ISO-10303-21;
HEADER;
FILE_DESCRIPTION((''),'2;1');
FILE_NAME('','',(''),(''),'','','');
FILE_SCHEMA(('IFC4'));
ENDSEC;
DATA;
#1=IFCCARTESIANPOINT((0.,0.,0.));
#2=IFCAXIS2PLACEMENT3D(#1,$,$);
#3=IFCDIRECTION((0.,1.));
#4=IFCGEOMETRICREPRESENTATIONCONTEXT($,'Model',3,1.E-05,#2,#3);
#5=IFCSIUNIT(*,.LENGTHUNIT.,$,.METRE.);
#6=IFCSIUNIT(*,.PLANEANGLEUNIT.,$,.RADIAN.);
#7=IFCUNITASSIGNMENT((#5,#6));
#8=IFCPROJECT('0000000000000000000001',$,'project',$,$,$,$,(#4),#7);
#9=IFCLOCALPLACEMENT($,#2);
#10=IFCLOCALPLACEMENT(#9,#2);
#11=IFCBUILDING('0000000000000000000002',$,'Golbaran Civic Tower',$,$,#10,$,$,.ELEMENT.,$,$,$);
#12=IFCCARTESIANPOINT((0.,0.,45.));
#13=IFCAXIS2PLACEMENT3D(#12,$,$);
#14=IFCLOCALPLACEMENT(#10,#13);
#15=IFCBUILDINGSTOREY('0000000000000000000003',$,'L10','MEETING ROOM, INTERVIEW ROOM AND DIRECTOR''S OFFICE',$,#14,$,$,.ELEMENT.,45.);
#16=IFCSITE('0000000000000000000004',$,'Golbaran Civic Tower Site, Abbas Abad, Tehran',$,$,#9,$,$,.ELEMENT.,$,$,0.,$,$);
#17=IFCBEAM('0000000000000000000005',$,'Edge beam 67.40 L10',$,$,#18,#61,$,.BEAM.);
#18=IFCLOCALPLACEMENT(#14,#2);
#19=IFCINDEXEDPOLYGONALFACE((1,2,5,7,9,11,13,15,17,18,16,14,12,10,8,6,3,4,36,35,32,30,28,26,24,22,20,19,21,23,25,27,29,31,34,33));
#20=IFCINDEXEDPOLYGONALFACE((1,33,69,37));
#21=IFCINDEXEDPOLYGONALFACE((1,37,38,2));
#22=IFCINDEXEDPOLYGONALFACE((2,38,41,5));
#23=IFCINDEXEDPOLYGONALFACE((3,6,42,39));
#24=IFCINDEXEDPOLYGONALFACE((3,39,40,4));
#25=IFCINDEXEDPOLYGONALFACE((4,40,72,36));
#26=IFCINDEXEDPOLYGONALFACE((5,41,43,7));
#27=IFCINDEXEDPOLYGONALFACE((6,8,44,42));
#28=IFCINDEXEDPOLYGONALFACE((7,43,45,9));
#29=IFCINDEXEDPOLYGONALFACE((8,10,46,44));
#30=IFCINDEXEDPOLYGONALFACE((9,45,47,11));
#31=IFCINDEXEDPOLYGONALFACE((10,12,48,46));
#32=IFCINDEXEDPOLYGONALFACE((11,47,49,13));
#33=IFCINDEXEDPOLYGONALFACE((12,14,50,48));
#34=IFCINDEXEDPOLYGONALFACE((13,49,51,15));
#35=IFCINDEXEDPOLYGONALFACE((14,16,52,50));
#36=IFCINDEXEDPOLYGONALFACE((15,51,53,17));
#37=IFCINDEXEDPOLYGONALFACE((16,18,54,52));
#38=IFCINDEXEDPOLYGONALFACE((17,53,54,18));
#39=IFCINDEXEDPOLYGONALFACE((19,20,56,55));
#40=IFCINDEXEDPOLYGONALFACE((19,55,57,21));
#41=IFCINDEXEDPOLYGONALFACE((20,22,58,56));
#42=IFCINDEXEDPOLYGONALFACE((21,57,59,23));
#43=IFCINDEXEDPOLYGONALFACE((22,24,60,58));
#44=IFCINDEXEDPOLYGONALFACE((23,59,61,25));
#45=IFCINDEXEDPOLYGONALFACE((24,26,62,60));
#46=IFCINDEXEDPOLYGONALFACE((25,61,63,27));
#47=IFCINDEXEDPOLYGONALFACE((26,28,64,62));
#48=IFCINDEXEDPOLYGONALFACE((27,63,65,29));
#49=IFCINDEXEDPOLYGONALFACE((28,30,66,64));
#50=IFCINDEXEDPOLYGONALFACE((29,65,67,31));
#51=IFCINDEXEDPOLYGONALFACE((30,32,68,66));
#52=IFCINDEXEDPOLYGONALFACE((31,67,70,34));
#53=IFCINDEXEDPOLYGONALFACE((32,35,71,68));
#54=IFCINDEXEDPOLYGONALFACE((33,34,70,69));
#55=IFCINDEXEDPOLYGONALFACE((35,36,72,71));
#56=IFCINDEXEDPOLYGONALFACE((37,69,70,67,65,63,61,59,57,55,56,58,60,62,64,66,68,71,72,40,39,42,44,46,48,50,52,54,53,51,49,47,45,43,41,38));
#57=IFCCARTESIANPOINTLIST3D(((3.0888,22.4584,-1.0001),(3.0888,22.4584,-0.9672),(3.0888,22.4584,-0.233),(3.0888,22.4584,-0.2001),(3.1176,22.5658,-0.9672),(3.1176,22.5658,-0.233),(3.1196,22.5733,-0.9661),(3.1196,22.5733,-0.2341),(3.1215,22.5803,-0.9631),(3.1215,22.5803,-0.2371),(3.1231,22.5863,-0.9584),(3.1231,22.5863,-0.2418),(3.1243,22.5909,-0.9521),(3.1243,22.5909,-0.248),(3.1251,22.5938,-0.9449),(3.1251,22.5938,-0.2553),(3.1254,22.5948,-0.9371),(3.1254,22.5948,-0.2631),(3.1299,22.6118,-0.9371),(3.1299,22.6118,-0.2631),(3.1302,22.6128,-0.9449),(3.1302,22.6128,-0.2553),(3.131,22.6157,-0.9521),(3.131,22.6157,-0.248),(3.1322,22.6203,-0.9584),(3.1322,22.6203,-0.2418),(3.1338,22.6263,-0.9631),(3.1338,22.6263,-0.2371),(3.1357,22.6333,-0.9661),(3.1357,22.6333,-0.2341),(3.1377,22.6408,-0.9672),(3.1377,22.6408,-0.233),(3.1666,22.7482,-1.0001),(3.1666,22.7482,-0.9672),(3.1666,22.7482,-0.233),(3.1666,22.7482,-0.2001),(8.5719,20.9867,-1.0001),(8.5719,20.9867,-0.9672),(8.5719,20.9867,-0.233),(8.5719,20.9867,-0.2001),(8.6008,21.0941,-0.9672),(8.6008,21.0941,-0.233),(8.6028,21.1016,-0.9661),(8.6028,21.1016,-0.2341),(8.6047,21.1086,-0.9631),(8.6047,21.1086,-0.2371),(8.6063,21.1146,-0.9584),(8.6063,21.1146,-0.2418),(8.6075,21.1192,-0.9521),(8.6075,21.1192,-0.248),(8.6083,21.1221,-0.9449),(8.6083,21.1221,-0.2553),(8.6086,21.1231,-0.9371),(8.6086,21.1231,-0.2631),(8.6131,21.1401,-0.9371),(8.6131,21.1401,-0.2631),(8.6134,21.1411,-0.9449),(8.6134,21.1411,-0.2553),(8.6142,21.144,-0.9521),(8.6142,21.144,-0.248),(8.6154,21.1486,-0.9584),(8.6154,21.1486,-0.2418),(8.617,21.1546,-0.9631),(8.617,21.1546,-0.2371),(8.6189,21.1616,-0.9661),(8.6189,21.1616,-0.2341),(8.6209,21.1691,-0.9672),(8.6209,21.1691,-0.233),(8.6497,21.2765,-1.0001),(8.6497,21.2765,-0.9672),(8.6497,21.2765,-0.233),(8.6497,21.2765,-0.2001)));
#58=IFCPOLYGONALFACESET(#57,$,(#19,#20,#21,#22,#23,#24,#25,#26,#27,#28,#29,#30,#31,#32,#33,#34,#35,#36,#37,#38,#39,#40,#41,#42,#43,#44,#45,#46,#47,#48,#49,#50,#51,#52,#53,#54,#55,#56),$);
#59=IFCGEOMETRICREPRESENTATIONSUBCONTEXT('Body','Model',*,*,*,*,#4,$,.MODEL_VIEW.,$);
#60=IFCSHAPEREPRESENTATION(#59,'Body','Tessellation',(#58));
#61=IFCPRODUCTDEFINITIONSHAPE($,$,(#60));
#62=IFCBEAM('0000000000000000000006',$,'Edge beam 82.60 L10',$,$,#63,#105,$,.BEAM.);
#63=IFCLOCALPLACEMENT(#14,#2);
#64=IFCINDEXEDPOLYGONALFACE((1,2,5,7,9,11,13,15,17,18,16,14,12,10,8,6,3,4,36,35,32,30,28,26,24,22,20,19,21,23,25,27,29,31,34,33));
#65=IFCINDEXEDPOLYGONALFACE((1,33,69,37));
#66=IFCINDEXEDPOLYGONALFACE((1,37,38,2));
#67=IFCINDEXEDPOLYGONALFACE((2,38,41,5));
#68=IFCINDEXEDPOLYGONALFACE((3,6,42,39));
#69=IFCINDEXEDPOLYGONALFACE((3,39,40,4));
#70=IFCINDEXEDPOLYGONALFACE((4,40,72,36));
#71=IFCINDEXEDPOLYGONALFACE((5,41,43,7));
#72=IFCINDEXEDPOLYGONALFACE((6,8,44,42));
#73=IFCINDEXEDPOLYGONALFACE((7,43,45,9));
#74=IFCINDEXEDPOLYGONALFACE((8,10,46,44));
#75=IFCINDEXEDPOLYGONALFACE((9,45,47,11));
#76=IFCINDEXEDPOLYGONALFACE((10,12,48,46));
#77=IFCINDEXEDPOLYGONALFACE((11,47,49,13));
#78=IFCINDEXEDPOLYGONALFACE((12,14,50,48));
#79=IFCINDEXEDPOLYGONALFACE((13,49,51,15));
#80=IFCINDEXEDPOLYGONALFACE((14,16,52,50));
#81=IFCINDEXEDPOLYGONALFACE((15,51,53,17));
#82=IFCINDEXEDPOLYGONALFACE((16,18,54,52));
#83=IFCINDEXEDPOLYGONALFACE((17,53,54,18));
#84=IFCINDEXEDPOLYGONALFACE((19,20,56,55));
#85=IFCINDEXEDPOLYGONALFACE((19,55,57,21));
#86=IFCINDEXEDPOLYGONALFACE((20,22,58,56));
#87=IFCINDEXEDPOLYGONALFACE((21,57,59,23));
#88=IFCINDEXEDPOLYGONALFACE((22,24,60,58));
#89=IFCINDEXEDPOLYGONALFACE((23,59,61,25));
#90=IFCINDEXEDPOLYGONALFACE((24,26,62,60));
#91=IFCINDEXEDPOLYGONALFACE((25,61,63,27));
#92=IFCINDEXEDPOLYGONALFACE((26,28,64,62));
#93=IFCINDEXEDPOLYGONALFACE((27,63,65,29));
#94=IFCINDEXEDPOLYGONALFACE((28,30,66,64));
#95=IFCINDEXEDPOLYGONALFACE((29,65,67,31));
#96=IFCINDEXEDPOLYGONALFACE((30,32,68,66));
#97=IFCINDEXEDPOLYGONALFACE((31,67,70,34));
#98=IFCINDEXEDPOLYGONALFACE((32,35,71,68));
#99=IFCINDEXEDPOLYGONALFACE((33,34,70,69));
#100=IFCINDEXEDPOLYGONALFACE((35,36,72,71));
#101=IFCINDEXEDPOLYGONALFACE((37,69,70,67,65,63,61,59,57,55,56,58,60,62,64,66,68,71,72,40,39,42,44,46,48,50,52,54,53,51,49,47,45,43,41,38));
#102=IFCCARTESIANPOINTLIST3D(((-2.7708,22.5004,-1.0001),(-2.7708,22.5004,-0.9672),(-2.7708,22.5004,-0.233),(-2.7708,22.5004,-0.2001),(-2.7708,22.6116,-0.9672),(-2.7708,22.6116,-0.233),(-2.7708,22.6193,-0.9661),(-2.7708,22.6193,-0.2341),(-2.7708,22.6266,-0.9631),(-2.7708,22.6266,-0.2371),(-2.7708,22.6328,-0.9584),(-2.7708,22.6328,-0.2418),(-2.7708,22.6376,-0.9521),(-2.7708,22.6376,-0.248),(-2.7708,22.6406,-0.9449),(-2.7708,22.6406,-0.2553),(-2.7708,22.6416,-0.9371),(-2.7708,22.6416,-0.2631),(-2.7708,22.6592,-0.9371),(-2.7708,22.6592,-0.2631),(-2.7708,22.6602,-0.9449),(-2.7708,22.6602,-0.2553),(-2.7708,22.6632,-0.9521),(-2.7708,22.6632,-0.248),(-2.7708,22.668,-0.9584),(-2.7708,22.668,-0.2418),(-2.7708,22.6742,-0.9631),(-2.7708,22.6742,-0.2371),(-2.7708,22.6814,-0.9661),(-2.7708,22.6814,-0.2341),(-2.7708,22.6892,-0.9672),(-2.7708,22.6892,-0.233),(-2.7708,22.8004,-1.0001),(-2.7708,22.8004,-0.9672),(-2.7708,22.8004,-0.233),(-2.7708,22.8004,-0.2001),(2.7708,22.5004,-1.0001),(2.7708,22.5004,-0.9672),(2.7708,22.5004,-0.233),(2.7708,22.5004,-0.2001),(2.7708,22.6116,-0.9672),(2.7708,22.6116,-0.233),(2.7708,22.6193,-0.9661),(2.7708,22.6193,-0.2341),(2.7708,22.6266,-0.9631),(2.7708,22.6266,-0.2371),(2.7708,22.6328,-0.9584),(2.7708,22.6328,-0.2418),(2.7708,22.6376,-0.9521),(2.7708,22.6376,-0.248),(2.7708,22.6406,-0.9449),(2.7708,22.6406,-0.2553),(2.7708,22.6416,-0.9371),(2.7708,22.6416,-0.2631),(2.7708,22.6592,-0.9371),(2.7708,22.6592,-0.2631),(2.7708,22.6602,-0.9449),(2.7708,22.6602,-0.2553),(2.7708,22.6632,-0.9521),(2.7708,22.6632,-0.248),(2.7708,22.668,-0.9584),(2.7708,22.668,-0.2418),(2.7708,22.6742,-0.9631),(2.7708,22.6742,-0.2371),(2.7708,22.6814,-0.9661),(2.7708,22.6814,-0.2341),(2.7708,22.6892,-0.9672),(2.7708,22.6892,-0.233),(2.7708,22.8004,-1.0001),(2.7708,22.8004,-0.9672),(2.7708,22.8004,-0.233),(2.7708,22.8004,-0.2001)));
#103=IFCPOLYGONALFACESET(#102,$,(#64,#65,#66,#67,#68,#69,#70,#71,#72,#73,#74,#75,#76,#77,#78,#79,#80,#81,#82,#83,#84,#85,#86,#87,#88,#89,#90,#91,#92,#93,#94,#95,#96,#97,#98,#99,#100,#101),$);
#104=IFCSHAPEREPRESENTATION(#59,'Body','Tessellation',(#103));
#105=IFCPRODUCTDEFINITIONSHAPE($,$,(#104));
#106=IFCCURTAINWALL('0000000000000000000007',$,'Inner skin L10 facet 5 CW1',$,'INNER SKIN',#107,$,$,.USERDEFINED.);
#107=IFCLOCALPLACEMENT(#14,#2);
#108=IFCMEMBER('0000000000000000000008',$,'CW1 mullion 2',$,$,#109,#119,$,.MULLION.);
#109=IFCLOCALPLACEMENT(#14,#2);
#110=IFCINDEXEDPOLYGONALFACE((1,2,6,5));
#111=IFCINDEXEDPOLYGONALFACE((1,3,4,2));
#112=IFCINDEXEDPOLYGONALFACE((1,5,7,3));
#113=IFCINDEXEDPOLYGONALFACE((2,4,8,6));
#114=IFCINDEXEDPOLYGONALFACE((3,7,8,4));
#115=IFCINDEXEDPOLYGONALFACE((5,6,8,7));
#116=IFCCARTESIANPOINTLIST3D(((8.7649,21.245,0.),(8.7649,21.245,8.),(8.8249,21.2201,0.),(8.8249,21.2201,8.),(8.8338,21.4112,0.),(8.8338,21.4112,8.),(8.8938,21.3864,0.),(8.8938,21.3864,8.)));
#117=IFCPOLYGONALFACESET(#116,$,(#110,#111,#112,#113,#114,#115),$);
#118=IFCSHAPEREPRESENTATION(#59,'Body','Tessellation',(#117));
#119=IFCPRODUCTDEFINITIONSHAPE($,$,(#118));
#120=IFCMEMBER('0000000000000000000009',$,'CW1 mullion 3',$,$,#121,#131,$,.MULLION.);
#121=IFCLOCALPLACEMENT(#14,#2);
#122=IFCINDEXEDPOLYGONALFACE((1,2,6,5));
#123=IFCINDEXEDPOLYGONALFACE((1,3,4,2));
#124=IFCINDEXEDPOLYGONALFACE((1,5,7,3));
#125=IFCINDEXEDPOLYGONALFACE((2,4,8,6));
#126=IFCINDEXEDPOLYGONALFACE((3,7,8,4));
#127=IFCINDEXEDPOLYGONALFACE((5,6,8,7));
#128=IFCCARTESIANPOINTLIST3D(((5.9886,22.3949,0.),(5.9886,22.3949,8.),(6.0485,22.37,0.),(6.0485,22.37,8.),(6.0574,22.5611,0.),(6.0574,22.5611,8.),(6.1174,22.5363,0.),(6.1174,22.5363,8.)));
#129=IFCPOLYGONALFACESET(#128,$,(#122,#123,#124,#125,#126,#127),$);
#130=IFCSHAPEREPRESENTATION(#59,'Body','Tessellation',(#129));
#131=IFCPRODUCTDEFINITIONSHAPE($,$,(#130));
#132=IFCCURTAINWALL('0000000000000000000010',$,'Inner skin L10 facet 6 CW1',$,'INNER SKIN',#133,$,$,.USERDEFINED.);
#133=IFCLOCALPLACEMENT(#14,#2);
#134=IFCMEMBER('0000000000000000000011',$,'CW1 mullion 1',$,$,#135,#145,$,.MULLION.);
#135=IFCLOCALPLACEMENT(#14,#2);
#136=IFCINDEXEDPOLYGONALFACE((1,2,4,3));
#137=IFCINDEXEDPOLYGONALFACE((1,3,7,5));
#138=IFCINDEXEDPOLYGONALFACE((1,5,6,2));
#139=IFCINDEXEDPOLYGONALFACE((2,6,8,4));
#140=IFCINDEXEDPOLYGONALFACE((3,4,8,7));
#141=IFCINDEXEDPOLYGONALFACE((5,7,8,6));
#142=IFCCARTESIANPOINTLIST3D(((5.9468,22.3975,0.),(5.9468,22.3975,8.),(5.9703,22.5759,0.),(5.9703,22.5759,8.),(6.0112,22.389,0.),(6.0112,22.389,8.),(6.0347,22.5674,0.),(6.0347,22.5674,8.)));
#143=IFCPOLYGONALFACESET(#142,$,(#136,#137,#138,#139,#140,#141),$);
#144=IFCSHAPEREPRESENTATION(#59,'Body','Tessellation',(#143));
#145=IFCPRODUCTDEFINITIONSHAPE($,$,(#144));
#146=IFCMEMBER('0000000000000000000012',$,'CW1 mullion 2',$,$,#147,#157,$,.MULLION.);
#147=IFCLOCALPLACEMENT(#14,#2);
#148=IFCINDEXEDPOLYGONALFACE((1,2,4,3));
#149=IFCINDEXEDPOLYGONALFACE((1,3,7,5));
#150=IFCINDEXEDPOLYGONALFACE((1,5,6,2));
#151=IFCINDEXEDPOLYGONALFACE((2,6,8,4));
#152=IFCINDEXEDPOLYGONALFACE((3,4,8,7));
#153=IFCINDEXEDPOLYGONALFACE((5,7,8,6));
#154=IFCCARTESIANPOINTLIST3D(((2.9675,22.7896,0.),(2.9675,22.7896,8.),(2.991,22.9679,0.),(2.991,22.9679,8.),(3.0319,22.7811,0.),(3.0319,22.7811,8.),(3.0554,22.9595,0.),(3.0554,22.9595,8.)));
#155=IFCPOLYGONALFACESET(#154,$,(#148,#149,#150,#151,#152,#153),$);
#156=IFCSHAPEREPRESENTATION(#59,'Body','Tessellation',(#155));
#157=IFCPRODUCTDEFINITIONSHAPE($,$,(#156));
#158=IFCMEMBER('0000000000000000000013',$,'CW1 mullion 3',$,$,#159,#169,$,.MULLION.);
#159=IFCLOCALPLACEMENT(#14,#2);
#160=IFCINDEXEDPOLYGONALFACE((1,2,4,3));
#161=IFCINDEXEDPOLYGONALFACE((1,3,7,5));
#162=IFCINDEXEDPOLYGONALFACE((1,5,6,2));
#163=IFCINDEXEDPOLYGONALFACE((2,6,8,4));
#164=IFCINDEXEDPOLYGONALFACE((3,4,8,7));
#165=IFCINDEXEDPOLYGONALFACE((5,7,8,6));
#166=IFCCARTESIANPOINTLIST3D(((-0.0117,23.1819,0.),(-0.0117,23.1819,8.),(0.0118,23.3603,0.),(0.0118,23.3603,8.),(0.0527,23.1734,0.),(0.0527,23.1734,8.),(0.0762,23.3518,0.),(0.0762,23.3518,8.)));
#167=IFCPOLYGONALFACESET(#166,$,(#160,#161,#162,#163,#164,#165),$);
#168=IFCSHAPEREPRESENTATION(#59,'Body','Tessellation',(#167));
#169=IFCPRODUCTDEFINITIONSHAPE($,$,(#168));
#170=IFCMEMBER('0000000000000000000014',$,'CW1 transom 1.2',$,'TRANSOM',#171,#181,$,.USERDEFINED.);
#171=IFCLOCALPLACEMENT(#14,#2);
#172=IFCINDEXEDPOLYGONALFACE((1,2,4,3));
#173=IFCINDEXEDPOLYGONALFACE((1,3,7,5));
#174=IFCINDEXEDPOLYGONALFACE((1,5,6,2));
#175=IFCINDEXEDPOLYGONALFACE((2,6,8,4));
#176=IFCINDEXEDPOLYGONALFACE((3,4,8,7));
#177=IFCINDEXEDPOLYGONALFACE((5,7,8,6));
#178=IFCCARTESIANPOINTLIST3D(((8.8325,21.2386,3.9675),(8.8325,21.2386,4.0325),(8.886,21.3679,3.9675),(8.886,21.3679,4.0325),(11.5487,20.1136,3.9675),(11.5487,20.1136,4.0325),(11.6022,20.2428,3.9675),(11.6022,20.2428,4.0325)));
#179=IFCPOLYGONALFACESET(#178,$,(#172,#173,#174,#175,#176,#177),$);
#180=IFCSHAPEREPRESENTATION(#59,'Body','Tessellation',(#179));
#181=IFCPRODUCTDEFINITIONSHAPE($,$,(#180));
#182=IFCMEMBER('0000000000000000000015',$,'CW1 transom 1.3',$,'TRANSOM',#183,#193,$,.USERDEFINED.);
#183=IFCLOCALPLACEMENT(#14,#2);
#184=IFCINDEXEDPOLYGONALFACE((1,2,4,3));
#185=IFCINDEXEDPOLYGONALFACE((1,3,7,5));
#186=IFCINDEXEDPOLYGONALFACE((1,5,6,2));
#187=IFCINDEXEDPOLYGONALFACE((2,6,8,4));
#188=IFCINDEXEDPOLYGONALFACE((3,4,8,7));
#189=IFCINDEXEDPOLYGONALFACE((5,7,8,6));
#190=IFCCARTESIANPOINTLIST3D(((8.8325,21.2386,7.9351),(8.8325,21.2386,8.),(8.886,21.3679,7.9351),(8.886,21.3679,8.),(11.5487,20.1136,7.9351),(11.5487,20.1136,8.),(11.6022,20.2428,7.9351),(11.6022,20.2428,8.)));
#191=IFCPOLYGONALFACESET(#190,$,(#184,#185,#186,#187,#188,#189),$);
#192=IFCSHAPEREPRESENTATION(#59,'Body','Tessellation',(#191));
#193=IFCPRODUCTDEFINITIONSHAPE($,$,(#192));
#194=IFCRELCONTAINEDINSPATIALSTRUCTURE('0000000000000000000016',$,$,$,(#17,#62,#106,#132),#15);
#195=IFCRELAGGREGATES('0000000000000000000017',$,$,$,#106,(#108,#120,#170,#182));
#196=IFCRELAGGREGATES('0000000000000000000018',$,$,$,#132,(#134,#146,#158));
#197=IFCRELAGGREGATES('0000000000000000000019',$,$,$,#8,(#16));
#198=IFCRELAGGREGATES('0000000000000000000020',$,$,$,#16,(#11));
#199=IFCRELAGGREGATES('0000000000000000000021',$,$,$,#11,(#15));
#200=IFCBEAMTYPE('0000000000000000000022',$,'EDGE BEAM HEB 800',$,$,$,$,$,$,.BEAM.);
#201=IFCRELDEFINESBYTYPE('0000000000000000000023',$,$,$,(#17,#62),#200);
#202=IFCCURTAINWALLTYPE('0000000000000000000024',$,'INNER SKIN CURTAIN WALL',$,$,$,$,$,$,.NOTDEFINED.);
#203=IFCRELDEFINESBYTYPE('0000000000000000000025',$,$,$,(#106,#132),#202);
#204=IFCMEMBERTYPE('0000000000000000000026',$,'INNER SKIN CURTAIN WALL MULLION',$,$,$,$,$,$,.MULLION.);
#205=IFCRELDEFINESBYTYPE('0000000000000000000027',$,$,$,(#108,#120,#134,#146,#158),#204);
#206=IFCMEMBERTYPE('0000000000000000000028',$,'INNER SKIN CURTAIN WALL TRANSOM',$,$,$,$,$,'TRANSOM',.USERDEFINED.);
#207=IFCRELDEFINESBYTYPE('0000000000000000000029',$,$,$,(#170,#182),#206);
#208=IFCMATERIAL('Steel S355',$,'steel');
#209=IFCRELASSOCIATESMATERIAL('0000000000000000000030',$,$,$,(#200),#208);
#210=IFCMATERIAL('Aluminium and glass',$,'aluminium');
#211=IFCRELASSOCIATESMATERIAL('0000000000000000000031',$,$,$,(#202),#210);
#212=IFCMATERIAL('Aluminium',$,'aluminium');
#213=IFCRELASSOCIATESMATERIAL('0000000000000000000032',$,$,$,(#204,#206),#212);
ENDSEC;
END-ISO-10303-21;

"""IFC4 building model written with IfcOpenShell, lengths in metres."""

from ifc_helpers import new_model, si_unit, direction, frame, origin, origin_2d, place, context, subcontext, project, spatial, rectangle, i_section, extrude, material, material_profile, profile_set, type_object, element, aggregate, save


model = new_model("IFC4")

# Units and contexts
model_context = context("Model", 3, precision=1e-05, world=origin(), true_north=direction((0.0, 1.0)))
body_context = subcontext(model_context, "Body", "Model", "MODEL_VIEW")
ifc_project = project(units=[si_unit("LENGTHUNIT", "METRE"), si_unit("PLANEANGLEUNIT", "RADIAN")], contexts=[model_context])

# Site, building, storey
site_placement = place(None, origin())
site = spatial("IfcSite", under=ifc_project, at=site_placement, Name="Golbaran Civic Tower Site, Abbas Abad, Tehran", CompositionType="ELEMENT", RefElevation=0.0)
building_placement = place(site_placement, origin())
building = spatial("IfcBuilding", under=site, at=building_placement, Name="Golbaran Civic Tower", CompositionType="ELEMENT")
storey_placement = place(building_placement, frame((0.0, 0.0, 45.0)))
storey = spatial("IfcBuildingStorey", under=building, at=storey_placement, Name="L10", Description="MEETING ROOM, INTERVIEW ROOM AND DIRECTOR'S OFFICE", CompositionType="ELEMENT", Elevation=45.0)

# Beams
ifc_material_1 = material(Name="Steel S355", Category="steel")
ifc_material_profile_1 = material_profile(ifc_material_1, i_section(OverallWidth=0.3, OverallDepth=0.8, WebThickness=0.0176, FlangeThickness=0.033, FilletRadius=0.03, at=origin_2d()), Name="HEB 800")
ifc_profile_set_1 = profile_set([ifc_material_profile_1], Name="Steel S355")
beam_type = type_object("IfcBeamType", Name="EDGE BEAM HEB 800", PredefinedType="BEAM", material=ifc_profile_set_1)
beam_1_placement = place(storey_placement, frame((8.6108, 21.1316, -0.6001), z_axis=(-0.965817, 0.259225, 0.0), x_axis=(-0.259225, -0.965817, 0.0)))
element("IfcBeam", 1, at=beam_1_placement, inside=storey, type_object=beam_type, Name="Edge beam 67.40 L10", PredefinedType="BEAM", context=body_context, shape_type="SweptSolid", body=[
    extrude(i_section(OverallWidth=0.3, OverallDepth=0.8, WebThickness=0.0176, FlangeThickness=0.033, FilletRadius=0.03, at=origin_2d()), origin(), (0.0, 0.0, 1.0), 5.6772),
])
beam_2_placement = place(storey_placement, frame((2.7708, 22.6504, -0.6001), z_axis=(-1.0, 0.0, 0.0), x_axis=(0.0, -1.0, 0.0)))
element("IfcBeam", 2, at=beam_2_placement, inside=storey, type_object=beam_type, Name="Edge beam 82.60 L10", PredefinedType="BEAM", context=body_context, shape_type="SweptSolid", body=[
    extrude(i_section(OverallWidth=0.3, OverallDepth=0.8, WebThickness=0.0176, FlangeThickness=0.033, FilletRadius=0.03, at=origin_2d()), origin(), (0.0, 0.0, 1.0), 5.5415),
])

# Curtain walls, members
ifc_material_2 = material(Name="Aluminium and glass", Category="aluminium")
curtain_wall_type = type_object("IfcCurtainWallType", Name="INNER SKIN CURTAIN WALL", PredefinedType="NOTDEFINED", material=ifc_material_2)
curtain_wall_1_placement = place(storey_placement, origin())
curtain_wall_1 = element("IfcCurtainWall", 3, at=curtain_wall_1_placement, inside=storey, type_object=curtain_wall_type, Name="Inner skin L10 facet 5 CW1", ObjectType="INNER SKIN", PredefinedType="USERDEFINED")
ifc_material_3 = material(Name="Aluminium", Category="aluminium")
ifc_material_profile_2 = material_profile(ifc_material_3, rectangle(XDim=0.1799, YDim=0.0649, at=origin_2d()), Name="INNER SKIN CURTAIN WALL MULLION")
ifc_profile_set_2 = profile_set([ifc_material_profile_2], Name="Aluminium")
member_type_1 = type_object("IfcMemberType", Name="INNER SKIN CURTAIN WALL MULLION", PredefinedType="MULLION", material=ifc_profile_set_2)
member_1_placement = place(storey_placement, frame((8.8293, 21.3157, 0.0), z_axis=(0.0, 0.0, 1.0), x_axis=(-0.382683, -0.92388, 0.0)))
member_1 = element("IfcMember", 4, at=member_1_placement, type_object=member_type_1, Name="CW1 mullion 2", PredefinedType="MULLION", context=body_context, shape_type="SweptSolid", body=[
    extrude(rectangle(XDim=0.1799, YDim=0.0649, at=origin_2d()), origin(), (0.0, 0.0, 1.0), 8.0),
])
member_2_placement = place(storey_placement, frame((6.053, 22.4656, 0.0), z_axis=(0.0, 0.0, 1.0), x_axis=(-0.382683, -0.92388, 0.0)))
member_2 = element("IfcMember", 5, at=member_2_placement, type_object=member_type_1, Name="CW1 mullion 3", PredefinedType="MULLION", context=body_context, shape_type="SweptSolid", body=[
    extrude(rectangle(XDim=0.1799, YDim=0.0649, at=origin_2d()), origin(), (0.0, 0.0, 1.0), 8.0),
])
curtain_wall_2_placement = place(storey_placement, origin())
curtain_wall_2 = element("IfcCurtainWall", 6, at=curtain_wall_2_placement, inside=storey, type_object=curtain_wall_type, Name="Inner skin L10 facet 6 CW1", ObjectType="INNER SKIN", PredefinedType="USERDEFINED")
member_3_placement = place(storey_placement, frame((5.9907, 22.4824, 0.0), z_axis=(0.0, 0.0, 1.0), x_axis=(-0.130526, -0.991445, 0.0)))
member_3 = element("IfcMember", 7, at=member_3_placement, type_object=member_type_1, Name="CW1 mullion 1", PredefinedType="MULLION", context=body_context, shape_type="SweptSolid", body=[
    extrude(rectangle(XDim=0.1799, YDim=0.0649, at=origin_2d()), origin(), (0.0, 0.0, 1.0), 8.0),
])
member_4_placement = place(storey_placement, frame((3.0115, 22.8745, 0.0), z_axis=(0.0, 0.0, 1.0), x_axis=(-0.130526, -0.991445, 0.0)))
member_4 = element("IfcMember", 8, at=member_4_placement, type_object=member_type_1, Name="CW1 mullion 2", PredefinedType="MULLION", context=body_context, shape_type="SweptSolid", body=[
    extrude(rectangle(XDim=0.1799, YDim=0.0649, at=origin_2d()), origin(), (0.0, 0.0, 1.0), 8.0),
])
member_5_placement = place(storey_placement, frame((0.0322, 23.2668, 0.0), z_axis=(0.0, 0.0, 1.0), x_axis=(-0.130526, -0.991445, 0.0)))
member_5 = element("IfcMember", 9, at=member_5_placement, type_object=member_type_1, Name="CW1 mullion 3", PredefinedType="MULLION", context=body_context, shape_type="SweptSolid", body=[
    extrude(rectangle(XDim=0.1799, YDim=0.0649, at=origin_2d()), origin(), (0.0, 0.0, 1.0), 8.0),
])

# Members
ifc_material_profile_3 = material_profile(ifc_material_3, rectangle(XDim=0.1399, YDim=0.0649, at=origin_2d()), Name="INNER SKIN CURTAIN WALL TRANSOM")
ifc_profile_set_3 = profile_set([ifc_material_profile_3], Name="Aluminium")
member_type_2 = type_object("IfcMemberType", Name="INNER SKIN CURTAIN WALL TRANSOM", ElementType="TRANSOM", PredefinedType="USERDEFINED", material=ifc_profile_set_3)
member_6_placement = place(storey_placement, frame((11.5754, 20.1782, 4.0), z_axis=(-0.923883, 0.382675, 0.0), x_axis=(-0.382675, -0.923883, 0.0)))
member_6 = element("IfcMember", 10, at=member_6_placement, type_object=member_type_2, Name="CW1 transom 1.2", ObjectType="TRANSOM", PredefinedType="USERDEFINED", context=body_context, shape_type="SweptSolid", body=[
    extrude(rectangle(XDim=0.1399, YDim=0.0649, at=origin_2d()), origin(), (0.0, 0.0, 1.0), 2.9399),
])
member_7_placement = place(storey_placement, frame((11.5754, 20.1782, 7.9675), z_axis=(-0.923883, 0.382675, 0.0), x_axis=(-0.382675, -0.923883, 0.0)))
member_7 = element("IfcMember", 11, at=member_7_placement, type_object=member_type_2, Name="CW1 transom 1.3", ObjectType="TRANSOM", PredefinedType="USERDEFINED", context=body_context, shape_type="SweptSolid", body=[
    extrude(rectangle(XDim=0.1399, YDim=0.0649, at=origin_2d()), origin(), (0.0, 0.0, 1.0), 2.9399),
])

aggregate(curtain_wall_1, [member_1, member_2, member_6, member_7])
aggregate(curtain_wall_2, [member_3, member_4, member_5])

save(model, "model.ifc")
